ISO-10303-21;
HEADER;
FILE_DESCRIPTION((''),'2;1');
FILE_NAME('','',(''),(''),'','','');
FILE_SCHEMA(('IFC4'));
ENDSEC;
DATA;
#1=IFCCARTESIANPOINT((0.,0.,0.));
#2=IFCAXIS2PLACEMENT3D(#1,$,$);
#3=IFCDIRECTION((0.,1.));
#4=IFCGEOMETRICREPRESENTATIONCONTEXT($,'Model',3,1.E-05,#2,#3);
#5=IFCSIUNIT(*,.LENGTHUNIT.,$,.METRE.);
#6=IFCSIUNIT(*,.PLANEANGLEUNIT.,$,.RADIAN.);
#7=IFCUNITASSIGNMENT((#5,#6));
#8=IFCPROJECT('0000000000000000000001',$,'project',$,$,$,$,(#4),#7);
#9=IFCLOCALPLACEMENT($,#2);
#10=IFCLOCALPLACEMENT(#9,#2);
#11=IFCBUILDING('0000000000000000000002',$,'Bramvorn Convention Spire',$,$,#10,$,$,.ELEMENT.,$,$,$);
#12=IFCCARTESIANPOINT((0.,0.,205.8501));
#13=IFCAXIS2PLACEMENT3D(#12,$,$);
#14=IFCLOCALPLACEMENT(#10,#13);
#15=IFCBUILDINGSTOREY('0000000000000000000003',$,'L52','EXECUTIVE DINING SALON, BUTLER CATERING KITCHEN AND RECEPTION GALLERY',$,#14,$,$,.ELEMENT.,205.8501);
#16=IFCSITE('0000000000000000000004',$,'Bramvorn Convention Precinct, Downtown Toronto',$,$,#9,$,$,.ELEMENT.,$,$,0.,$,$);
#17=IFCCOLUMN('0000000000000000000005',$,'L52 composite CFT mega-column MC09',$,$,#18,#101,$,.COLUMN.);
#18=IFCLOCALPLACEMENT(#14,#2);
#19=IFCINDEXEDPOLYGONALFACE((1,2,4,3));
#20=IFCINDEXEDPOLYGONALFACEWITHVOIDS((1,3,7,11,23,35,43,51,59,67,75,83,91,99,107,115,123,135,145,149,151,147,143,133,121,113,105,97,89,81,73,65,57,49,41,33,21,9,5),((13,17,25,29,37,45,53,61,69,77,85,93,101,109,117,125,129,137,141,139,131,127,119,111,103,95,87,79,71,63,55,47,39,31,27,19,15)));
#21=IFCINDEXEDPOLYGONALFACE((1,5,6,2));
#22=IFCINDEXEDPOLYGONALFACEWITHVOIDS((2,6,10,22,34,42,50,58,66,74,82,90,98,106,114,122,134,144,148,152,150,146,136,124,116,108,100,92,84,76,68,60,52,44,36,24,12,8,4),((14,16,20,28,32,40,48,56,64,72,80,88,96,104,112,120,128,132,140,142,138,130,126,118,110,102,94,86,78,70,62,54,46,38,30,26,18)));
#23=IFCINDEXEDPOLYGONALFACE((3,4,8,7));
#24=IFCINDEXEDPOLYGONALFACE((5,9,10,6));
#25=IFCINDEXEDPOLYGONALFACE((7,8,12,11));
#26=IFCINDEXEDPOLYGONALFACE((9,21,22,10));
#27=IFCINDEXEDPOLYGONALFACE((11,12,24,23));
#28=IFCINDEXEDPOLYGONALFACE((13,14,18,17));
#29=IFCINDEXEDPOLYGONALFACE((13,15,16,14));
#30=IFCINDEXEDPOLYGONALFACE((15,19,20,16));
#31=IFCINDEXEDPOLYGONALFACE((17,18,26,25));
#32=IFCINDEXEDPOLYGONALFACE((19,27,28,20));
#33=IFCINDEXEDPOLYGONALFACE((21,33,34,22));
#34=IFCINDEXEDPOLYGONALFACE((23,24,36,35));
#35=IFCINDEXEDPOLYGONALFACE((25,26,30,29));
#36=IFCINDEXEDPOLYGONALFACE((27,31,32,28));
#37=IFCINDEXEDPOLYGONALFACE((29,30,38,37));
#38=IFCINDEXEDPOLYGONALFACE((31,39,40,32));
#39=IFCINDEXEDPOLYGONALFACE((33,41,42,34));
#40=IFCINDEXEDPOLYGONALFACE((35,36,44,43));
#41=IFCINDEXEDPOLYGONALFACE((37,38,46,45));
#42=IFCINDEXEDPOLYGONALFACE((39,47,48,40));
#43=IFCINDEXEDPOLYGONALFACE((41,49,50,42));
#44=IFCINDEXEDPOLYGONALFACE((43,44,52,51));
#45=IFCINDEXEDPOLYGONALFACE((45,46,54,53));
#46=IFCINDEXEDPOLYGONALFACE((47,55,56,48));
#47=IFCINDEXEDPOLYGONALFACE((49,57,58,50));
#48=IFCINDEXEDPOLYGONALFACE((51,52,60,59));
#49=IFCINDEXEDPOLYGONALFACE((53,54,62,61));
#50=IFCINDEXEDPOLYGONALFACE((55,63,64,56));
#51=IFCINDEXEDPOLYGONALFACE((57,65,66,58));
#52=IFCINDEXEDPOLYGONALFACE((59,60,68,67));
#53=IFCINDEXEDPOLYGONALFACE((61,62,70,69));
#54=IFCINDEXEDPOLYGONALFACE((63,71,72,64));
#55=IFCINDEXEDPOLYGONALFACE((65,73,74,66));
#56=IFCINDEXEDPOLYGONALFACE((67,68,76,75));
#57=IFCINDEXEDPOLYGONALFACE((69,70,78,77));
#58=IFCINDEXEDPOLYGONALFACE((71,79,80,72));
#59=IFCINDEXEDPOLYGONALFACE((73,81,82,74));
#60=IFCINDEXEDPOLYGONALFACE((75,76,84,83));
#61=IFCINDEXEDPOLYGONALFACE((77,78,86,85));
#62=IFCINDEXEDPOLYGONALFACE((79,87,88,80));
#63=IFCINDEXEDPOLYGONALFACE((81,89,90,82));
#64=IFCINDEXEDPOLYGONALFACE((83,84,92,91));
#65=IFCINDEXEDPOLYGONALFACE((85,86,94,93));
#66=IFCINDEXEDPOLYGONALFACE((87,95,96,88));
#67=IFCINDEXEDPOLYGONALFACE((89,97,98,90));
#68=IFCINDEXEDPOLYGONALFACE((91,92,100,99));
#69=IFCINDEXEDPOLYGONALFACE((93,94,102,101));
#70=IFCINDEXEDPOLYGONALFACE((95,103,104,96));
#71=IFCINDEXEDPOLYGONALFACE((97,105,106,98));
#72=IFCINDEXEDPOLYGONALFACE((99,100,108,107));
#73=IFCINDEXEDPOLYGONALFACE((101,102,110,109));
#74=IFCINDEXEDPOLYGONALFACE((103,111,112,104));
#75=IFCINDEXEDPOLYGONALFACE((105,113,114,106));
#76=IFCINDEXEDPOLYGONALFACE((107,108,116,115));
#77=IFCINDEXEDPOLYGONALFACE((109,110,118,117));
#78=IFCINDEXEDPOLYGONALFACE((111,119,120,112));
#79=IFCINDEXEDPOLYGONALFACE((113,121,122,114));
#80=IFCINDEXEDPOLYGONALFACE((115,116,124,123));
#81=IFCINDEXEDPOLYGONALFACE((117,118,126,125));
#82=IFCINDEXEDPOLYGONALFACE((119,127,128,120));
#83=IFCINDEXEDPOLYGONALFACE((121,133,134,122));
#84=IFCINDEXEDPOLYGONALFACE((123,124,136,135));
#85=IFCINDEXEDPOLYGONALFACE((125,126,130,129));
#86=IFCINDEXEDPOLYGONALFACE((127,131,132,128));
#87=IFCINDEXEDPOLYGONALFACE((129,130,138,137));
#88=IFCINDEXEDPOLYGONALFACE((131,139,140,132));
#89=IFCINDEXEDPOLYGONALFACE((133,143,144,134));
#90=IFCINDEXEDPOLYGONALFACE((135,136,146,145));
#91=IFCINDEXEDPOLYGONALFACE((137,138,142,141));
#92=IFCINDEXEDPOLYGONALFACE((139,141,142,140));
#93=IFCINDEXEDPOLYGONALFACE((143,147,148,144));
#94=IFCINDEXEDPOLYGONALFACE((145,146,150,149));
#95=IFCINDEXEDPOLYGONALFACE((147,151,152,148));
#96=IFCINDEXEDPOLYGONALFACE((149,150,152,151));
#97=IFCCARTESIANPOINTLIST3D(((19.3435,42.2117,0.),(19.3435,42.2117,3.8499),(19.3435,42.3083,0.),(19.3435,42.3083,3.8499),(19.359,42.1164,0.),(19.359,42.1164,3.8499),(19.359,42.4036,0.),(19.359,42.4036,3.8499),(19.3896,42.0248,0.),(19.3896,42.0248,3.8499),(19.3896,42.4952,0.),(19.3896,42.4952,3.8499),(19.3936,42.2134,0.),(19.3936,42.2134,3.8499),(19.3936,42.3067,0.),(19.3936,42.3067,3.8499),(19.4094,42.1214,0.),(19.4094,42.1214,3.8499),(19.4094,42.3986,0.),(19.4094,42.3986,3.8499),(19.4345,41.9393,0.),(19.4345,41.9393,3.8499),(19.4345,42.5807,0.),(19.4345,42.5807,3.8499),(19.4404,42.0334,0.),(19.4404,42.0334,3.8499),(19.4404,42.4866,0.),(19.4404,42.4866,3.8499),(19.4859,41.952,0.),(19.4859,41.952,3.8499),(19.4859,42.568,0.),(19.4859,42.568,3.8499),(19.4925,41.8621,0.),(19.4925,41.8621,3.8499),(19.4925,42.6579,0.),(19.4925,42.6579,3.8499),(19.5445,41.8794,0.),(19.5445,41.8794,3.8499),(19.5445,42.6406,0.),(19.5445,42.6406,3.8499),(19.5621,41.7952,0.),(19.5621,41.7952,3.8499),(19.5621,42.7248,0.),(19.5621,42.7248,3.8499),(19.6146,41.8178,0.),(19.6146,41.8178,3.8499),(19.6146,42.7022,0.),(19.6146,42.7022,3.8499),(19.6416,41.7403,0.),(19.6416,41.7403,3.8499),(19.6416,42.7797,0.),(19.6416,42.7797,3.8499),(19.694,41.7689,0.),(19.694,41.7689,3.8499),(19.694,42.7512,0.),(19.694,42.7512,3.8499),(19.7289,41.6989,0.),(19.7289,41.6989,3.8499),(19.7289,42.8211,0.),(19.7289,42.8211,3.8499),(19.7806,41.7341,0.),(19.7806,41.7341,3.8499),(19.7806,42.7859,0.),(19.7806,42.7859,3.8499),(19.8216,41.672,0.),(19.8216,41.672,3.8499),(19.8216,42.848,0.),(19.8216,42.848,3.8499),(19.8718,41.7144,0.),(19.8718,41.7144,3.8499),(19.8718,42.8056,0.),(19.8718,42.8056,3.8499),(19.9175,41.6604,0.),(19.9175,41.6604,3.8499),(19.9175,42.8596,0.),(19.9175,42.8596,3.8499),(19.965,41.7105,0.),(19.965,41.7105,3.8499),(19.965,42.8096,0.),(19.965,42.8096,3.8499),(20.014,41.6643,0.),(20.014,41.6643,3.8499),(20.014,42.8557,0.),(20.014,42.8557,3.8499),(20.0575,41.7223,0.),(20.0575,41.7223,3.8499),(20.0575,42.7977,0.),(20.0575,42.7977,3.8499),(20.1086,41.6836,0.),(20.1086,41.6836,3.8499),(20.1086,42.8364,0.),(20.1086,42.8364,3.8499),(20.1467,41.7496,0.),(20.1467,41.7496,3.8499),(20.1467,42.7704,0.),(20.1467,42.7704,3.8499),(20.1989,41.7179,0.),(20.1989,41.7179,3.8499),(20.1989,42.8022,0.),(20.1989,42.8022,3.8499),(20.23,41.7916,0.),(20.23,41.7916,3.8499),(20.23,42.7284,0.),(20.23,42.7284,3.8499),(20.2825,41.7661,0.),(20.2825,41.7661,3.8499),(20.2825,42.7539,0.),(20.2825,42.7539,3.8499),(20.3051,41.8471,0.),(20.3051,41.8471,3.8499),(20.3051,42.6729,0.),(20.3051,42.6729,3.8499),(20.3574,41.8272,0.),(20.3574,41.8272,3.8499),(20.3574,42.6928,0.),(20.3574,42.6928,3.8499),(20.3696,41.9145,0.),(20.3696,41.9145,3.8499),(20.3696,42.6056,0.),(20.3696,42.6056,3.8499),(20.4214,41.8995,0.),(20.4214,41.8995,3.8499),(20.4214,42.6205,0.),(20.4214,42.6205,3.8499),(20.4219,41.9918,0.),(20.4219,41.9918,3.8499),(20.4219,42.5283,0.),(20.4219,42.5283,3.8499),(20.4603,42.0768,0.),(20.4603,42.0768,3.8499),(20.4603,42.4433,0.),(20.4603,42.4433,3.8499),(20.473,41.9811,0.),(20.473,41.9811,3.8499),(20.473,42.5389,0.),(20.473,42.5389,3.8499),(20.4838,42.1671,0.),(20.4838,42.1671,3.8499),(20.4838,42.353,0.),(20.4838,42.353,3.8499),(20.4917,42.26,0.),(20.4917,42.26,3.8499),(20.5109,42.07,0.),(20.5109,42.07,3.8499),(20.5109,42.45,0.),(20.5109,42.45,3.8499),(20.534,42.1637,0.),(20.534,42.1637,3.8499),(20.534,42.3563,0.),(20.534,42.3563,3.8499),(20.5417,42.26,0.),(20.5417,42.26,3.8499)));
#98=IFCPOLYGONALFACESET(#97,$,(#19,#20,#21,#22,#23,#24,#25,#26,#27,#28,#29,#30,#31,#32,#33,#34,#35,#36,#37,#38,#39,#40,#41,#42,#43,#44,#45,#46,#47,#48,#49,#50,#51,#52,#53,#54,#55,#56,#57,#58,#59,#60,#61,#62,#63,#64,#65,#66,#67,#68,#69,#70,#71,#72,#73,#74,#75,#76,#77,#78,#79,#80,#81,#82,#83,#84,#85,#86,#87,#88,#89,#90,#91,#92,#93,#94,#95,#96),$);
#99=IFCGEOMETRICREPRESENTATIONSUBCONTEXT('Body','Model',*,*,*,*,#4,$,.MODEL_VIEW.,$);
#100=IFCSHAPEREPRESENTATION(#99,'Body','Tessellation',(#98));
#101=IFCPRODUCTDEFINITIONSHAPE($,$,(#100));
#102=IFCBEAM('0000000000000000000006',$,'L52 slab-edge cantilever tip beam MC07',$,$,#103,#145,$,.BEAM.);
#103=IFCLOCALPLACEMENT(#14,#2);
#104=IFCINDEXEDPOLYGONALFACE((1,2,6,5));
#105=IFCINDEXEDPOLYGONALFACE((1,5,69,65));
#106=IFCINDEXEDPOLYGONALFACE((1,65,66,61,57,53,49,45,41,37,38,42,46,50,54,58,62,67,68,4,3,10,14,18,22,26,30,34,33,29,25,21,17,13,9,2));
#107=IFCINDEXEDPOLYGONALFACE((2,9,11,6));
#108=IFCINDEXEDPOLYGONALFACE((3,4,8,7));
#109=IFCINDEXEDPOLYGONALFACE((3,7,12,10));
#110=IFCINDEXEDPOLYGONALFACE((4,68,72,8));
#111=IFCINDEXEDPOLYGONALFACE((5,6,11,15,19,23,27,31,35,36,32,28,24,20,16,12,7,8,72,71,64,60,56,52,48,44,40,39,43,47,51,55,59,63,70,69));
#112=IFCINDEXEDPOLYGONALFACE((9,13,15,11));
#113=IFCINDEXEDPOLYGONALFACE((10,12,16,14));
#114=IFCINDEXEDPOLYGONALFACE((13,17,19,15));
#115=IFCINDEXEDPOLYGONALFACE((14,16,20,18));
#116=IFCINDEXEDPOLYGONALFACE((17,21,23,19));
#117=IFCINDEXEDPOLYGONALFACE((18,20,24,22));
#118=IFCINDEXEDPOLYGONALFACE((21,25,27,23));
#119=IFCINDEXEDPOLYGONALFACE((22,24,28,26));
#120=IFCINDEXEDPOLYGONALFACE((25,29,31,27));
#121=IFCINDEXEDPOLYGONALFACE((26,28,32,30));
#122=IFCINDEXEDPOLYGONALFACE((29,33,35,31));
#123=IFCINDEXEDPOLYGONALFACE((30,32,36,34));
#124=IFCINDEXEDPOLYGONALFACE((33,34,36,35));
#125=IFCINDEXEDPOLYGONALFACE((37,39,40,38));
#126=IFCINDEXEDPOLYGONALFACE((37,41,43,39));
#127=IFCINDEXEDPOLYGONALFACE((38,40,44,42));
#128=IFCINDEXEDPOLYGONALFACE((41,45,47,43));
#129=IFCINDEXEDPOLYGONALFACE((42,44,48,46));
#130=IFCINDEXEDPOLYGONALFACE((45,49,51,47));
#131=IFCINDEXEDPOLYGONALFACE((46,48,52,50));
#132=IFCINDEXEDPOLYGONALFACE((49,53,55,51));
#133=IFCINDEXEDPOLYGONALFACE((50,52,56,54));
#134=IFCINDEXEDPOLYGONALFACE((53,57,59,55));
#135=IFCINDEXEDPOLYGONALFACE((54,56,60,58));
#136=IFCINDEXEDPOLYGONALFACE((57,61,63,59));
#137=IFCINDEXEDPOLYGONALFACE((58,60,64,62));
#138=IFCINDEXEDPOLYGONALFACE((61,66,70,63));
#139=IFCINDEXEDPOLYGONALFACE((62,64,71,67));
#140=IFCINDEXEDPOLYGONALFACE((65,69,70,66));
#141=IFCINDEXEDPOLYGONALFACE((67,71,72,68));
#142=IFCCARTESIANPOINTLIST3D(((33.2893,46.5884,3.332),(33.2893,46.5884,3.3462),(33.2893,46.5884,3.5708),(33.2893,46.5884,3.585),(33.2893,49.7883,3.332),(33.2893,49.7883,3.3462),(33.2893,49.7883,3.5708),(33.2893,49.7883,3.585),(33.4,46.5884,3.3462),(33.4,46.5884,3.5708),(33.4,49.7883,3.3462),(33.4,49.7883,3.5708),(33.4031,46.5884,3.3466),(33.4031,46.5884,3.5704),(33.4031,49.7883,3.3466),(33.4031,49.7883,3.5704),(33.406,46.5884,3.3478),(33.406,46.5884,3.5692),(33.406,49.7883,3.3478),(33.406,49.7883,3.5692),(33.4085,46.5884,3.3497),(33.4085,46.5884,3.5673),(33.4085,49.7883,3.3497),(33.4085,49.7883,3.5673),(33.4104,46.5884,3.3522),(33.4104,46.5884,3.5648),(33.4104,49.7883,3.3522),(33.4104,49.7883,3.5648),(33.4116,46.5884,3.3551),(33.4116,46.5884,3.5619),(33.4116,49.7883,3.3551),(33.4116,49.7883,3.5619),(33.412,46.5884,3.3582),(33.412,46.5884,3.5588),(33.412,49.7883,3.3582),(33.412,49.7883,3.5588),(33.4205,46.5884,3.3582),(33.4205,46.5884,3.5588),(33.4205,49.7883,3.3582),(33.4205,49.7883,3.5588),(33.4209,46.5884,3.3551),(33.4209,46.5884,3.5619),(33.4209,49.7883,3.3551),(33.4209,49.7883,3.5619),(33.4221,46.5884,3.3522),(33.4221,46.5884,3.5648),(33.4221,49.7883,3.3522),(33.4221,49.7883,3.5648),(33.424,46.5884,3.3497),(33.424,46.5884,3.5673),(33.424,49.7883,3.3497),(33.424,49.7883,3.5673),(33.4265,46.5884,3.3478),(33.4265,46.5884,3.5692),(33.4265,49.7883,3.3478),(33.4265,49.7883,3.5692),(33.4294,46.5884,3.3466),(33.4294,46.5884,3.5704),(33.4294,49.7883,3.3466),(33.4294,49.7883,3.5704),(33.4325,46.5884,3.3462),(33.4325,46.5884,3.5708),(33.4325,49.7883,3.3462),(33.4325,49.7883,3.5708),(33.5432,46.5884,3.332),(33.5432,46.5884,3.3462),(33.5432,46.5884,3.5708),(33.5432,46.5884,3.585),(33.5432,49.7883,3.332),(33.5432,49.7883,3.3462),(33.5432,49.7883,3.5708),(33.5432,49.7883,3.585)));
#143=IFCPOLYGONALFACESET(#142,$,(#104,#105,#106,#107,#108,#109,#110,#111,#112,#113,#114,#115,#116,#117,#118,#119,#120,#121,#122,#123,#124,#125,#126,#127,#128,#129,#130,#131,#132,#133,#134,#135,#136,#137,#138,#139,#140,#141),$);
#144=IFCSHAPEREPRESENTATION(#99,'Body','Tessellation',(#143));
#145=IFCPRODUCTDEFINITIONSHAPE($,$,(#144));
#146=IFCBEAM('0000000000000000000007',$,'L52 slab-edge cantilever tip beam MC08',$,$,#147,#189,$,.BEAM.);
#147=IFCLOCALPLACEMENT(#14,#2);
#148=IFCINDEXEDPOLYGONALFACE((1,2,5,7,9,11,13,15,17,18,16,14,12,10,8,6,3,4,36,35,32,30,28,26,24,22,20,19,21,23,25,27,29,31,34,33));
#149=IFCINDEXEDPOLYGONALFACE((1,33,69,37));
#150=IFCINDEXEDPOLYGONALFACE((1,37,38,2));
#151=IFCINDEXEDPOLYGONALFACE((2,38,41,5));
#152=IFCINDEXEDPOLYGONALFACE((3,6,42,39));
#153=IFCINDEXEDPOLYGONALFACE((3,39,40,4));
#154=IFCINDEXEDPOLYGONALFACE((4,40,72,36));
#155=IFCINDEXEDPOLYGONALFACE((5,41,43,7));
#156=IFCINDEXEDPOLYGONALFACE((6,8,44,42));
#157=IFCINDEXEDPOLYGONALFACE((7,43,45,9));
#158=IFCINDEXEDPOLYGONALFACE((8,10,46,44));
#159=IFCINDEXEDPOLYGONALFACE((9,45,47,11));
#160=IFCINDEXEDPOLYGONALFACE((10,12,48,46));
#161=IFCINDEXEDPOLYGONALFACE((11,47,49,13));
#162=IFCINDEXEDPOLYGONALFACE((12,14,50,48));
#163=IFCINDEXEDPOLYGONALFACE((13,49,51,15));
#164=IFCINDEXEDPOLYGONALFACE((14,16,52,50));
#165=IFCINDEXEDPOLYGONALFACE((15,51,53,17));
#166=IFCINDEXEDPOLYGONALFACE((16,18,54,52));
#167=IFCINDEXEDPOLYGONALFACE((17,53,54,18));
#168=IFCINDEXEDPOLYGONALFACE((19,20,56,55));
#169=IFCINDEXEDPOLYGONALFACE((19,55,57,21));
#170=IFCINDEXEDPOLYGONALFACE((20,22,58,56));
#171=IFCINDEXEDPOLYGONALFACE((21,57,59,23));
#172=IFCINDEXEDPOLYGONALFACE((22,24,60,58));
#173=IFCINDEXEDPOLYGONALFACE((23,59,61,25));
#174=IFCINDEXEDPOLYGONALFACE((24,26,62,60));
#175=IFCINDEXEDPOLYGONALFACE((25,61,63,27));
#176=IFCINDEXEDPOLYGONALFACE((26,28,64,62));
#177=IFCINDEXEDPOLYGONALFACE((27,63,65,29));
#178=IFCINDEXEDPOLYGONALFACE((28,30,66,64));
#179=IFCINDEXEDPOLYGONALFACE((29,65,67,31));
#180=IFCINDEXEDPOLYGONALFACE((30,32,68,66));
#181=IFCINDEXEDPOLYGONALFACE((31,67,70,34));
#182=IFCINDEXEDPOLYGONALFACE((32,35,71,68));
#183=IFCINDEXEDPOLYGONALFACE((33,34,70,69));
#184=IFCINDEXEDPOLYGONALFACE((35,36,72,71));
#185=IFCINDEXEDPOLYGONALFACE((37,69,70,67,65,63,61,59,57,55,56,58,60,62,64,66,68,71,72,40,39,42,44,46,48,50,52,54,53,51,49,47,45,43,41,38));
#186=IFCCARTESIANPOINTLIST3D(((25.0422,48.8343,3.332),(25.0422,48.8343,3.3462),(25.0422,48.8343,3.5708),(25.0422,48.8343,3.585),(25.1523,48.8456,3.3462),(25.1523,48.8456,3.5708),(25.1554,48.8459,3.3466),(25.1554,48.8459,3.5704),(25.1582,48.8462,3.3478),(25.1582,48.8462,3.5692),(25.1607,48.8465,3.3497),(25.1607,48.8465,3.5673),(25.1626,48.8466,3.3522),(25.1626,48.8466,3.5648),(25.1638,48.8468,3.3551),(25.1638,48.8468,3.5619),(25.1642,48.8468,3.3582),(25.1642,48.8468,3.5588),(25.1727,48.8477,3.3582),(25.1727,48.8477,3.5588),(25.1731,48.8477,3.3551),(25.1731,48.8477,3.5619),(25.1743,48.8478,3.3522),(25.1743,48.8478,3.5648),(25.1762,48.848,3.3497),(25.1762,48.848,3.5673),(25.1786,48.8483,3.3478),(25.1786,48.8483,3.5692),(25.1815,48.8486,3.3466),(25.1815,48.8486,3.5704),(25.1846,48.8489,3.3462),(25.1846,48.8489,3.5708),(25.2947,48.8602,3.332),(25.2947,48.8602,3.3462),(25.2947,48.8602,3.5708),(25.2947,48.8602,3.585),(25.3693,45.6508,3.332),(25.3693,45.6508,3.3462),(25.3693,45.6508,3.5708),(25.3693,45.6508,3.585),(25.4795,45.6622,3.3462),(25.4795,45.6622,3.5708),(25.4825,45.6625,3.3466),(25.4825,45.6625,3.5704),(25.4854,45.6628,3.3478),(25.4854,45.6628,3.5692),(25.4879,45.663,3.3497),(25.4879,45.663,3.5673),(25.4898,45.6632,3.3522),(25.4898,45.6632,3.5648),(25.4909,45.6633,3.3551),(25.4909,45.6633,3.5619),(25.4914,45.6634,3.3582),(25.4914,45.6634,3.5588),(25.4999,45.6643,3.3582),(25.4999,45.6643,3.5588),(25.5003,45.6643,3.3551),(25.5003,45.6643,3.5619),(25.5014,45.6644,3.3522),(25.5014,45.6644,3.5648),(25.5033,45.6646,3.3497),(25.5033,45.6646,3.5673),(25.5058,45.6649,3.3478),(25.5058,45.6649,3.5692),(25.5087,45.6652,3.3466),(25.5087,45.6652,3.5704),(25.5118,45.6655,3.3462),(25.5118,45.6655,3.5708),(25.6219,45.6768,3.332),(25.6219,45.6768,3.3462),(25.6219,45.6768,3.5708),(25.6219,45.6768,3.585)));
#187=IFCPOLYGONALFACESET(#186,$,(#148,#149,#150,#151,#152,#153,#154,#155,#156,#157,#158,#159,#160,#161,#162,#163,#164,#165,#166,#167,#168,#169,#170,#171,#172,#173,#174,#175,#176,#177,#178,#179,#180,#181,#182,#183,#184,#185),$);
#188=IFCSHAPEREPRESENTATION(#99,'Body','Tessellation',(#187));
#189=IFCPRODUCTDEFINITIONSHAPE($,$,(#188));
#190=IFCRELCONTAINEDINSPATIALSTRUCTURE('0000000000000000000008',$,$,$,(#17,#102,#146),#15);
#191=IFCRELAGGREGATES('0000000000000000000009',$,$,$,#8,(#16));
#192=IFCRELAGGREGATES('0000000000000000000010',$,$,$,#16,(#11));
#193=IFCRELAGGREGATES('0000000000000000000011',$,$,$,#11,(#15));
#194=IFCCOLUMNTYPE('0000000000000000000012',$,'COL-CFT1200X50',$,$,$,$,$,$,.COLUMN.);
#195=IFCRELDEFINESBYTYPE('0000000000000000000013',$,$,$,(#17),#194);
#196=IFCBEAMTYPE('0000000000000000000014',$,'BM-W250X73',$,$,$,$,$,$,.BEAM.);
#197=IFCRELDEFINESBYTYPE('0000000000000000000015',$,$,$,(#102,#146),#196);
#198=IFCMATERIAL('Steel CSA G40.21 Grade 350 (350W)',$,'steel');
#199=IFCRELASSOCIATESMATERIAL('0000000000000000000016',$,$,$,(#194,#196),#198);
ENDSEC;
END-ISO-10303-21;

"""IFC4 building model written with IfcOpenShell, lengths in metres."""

from ifc_helpers import new_model, si_unit, direction, frame, origin, origin_2d, place, context, subcontext, project, spatial, hollow_circle, i_section, extrude, material, material_profile, profile_set, type_object, element, save


model = new_model("IFC4")

# Units and contexts
model_context = context("Model", 3, precision=1e-05, world=origin(), true_north=direction((0.0, 1.0)))
body_context = subcontext(model_context, "Body", "Model", "MODEL_VIEW")
ifc_project = project(units=[si_unit("LENGTHUNIT", "METRE"), si_unit("PLANEANGLEUNIT", "RADIAN")], contexts=[model_context])

# Site, building, storey
site_placement = place(None, origin())
site = spatial("IfcSite", under=ifc_project, at=site_placement, Name="Bramvorn Convention Precinct, Downtown Toronto", CompositionType="ELEMENT", RefElevation=0.0)
building_placement = place(site_placement, origin())
building = spatial("IfcBuilding", under=site, at=building_placement, Name="Bramvorn Convention Spire", CompositionType="ELEMENT")
storey_placement = place(building_placement, frame((0.0, 0.0, 205.8501)))
storey = spatial("IfcBuildingStorey", under=building, at=storey_placement, Name="L52", Description="EXECUTIVE DINING SALON, BUTLER CATERING KITCHEN AND RECEPTION GALLERY", CompositionType="ELEMENT", Elevation=205.8501)

# Column
ifc_material_1 = material(Name="Steel CSA G40.21 Grade 350 (350W)", Category="steel")
ifc_material_profile_1 = material_profile(ifc_material_1, hollow_circle(Radius=0.6001, WallThickness=0.05, at=origin_2d()))
ifc_profile_set_1 = profile_set([ifc_material_profile_1], Name="Steel CSA G40.21 Grade 350 (350W) - CFT1200X50")
column_type = type_object("IfcColumnType", Name="COL-CFT1200X50", PredefinedType="COLUMN", material=ifc_profile_set_1)
for number, where, z_axis, x_axis, name in (
    (1, (19.9417, 42.26, 0.0), (0.0, 0.0, 1.0), (1.0, 0.0, 0.0), "L52 composite CFT mega-column MC09"),
):
    element("IfcColumn", number, at=place(storey_placement, frame(where, z_axis=z_axis, x_axis=x_axis)), inside=storey, type_object=column_type, Name=name, PredefinedType="COLUMN", context=body_context, shape_type="SweptSolid", body=[
        extrude(hollow_circle(Radius=0.6001, WallThickness=0.05, at=origin_2d()), origin(), (0.0, 0.0, 1.0), 3.8499),
    ])

# Beams
ifc_material_profile_2 = material_profile(ifc_material_1, i_section(OverallWidth=0.2539, OverallDepth=0.2529, WebThickness=0.0085, FlangeThickness=0.0142, FilletRadius=0.012, at=origin_2d()))
ifc_profile_set_2 = profile_set([ifc_material_profile_2], Name="Steel CSA G40.21 Grade 350 (350W) - W250X73")
beam_type_1 = type_object("IfcBeamType", Name="BM-W250X73", PredefinedType="BEAM", material=ifc_profile_set_2)
beam_1_placement = place(storey_placement, frame((33.4163, 46.5884, 3.4585), z_axis=(0.0, 1.0, 0.0), x_axis=(-1.0, 0.0, 0.0)))
element("IfcBeam", 2, at=beam_1_placement, inside=storey, type_object=beam_type_1, Name="L52 slab-edge cantilever tip beam MC07", PredefinedType="BEAM", context=body_context, shape_type="SweptSolid", body=[
    extrude(i_section(OverallWidth=0.2539, OverallDepth=0.2529, WebThickness=0.0085, FlangeThickness=0.0142, FilletRadius=0.012, at=origin_2d()), origin(), (0.0, 0.0, 1.0), 3.2),
])
beam_2_placement = place(storey_placement, frame((25.4956, 45.6638, 3.4585), z_axis=(-0.10223, 0.994761, 0.0), x_axis=(-0.994761, -0.10223, 0.0)))
element("IfcBeam", 3, at=beam_2_placement, inside=storey, type_object=beam_type_1, Name="L52 slab-edge cantilever tip beam MC08", PredefinedType="BEAM", context=body_context, shape_type="SweptSolid", body=[
    extrude(i_section(OverallWidth=0.2539, OverallDepth=0.2529, WebThickness=0.0085, FlangeThickness=0.0142, FilletRadius=0.012, at=origin_2d()), origin(), (0.0, 0.0, 1.0), 3.2002),
])

save(model, "model.ifc")
